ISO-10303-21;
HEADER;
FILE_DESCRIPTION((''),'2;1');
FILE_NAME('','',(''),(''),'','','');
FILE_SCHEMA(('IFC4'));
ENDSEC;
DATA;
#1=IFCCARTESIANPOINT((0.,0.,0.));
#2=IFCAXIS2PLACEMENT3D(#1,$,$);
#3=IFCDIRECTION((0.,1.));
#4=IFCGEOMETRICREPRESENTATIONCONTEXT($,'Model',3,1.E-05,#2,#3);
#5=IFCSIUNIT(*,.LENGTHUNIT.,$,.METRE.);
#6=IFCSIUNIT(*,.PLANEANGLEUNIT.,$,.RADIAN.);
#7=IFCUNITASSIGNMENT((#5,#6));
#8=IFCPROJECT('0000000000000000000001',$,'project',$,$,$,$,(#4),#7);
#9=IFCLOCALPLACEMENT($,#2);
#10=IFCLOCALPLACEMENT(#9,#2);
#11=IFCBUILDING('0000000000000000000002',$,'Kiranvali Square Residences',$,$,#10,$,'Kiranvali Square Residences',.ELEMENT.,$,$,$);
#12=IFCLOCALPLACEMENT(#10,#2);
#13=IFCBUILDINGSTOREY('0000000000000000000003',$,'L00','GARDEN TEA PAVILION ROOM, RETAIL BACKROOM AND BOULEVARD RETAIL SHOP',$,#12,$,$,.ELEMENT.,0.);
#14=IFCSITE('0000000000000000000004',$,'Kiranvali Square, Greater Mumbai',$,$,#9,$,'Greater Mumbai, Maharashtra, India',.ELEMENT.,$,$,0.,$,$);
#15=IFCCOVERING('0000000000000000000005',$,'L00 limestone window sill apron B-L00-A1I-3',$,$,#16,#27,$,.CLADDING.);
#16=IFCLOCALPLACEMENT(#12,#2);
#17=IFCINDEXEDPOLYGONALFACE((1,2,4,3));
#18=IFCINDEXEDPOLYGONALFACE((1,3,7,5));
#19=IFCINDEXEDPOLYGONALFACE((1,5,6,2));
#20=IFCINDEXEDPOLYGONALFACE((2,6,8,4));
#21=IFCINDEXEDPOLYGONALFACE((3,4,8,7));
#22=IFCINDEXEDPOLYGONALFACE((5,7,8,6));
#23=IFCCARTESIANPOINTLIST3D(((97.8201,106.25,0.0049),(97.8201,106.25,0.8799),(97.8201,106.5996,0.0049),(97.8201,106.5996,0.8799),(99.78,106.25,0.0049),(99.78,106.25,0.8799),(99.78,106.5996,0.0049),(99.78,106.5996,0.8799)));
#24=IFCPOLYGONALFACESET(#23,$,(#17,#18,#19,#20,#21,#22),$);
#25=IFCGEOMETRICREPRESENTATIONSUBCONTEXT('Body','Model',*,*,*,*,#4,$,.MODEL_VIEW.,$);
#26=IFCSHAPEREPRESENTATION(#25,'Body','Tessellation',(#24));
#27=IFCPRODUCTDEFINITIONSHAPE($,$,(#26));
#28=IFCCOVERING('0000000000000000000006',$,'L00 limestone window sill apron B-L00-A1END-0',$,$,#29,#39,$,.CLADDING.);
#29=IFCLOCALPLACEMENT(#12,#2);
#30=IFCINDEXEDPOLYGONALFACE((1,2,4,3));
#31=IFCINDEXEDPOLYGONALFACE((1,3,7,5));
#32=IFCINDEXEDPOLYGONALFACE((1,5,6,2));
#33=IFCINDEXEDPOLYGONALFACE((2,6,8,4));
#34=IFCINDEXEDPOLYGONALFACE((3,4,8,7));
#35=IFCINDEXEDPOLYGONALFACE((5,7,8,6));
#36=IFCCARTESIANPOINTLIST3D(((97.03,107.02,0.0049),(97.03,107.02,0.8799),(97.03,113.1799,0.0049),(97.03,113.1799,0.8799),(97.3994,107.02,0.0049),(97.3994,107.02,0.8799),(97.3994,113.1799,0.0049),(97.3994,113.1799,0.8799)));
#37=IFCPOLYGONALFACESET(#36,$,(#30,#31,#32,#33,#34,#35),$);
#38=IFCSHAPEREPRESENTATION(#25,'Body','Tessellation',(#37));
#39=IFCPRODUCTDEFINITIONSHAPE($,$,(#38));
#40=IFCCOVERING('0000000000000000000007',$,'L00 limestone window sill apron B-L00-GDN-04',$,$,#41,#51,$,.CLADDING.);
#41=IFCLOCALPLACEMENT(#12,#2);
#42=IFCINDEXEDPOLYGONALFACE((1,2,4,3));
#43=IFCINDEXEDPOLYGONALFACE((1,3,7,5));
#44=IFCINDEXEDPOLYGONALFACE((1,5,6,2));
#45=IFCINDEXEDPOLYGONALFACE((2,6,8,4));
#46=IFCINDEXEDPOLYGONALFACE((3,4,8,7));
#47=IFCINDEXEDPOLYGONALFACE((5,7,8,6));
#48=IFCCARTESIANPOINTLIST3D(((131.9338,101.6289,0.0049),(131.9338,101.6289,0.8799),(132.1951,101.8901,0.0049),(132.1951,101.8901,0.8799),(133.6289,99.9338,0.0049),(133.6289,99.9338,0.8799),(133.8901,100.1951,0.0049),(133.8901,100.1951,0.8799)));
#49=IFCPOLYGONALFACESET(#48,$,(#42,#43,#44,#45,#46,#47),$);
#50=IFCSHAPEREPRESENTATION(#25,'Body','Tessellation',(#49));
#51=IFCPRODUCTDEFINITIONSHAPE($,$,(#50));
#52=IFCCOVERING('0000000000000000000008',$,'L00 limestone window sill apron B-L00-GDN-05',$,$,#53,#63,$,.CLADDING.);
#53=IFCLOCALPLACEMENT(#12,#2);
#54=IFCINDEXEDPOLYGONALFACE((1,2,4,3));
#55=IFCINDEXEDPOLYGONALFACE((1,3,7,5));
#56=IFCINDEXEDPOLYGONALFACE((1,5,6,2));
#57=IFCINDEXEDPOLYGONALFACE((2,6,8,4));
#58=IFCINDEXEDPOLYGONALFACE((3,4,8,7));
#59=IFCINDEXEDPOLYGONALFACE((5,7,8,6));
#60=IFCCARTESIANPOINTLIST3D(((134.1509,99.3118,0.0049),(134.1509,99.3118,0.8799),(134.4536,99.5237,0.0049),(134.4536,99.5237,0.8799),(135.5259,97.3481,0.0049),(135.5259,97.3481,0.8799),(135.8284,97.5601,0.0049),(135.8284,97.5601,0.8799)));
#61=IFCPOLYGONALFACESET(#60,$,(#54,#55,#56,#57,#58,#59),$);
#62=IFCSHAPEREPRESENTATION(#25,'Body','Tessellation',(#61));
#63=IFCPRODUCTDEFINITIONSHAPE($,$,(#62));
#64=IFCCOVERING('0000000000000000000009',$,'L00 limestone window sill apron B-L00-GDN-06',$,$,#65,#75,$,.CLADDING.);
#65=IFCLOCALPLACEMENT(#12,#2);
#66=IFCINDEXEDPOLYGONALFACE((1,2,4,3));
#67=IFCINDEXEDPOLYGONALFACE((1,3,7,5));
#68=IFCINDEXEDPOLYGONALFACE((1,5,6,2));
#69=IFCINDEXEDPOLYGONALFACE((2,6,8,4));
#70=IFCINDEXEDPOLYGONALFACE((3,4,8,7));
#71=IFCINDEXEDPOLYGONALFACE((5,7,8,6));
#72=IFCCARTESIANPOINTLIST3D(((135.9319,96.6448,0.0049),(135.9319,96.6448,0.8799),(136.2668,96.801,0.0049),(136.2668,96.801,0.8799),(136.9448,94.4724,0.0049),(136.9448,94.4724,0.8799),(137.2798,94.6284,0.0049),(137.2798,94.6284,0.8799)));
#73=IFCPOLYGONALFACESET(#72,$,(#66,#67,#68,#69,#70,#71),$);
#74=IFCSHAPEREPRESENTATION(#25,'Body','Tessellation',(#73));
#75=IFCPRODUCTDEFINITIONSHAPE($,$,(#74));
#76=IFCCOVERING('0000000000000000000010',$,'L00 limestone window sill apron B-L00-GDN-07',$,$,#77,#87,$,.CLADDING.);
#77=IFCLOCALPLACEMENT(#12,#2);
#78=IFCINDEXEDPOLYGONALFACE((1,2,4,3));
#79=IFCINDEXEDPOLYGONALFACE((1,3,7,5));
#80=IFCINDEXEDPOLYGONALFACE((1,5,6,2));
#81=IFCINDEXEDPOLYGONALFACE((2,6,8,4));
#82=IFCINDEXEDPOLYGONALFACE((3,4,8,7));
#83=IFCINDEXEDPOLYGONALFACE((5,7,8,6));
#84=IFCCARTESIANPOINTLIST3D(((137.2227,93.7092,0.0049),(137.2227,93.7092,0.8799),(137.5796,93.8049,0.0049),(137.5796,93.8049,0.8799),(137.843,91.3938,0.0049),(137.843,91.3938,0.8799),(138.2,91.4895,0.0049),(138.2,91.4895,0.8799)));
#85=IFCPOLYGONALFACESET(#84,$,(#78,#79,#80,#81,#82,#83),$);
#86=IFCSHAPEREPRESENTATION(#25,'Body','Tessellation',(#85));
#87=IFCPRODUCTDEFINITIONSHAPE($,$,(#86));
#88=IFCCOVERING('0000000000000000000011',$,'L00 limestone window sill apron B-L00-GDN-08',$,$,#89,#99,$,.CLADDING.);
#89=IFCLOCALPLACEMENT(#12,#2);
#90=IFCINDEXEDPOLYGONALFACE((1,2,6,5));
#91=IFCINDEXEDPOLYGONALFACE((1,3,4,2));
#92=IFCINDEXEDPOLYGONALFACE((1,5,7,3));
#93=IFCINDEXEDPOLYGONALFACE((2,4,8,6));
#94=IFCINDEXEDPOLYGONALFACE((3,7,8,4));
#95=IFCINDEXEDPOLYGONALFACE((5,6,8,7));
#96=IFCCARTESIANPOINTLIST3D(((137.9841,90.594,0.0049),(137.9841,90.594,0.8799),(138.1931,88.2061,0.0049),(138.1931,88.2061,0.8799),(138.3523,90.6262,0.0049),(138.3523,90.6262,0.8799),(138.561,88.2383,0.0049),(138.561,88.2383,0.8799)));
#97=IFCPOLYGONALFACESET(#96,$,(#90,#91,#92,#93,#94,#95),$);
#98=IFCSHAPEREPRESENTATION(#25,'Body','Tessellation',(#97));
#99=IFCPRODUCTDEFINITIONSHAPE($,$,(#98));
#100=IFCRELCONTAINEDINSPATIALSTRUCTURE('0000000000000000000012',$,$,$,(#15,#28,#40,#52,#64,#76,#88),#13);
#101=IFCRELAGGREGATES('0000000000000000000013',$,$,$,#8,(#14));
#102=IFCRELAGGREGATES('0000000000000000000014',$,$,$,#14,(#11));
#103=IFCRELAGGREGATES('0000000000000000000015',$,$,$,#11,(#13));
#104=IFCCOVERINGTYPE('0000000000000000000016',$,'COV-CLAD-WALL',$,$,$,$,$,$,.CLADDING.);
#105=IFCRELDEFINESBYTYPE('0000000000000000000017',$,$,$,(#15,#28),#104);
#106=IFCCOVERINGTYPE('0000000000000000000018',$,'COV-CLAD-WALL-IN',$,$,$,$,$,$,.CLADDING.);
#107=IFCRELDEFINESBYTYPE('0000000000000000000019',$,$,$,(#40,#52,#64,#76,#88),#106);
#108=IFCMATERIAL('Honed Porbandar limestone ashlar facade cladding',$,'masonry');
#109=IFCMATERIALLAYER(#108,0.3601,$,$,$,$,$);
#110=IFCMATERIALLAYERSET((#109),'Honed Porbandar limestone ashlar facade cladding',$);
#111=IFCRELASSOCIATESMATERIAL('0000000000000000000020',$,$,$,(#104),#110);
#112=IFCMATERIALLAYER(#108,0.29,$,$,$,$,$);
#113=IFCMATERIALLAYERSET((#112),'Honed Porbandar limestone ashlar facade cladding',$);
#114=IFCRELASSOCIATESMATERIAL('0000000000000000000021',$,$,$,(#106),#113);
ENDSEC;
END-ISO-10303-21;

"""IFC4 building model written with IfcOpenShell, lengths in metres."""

from ifc_helpers import new_model, si_unit, direction, frame, origin, place, context, subcontext, project, spatial, polyline, outline, extrude, material, layer, layer_set, type_object, element, save


model = new_model("IFC4")

# Units and contexts
model_context = context("Model", 3, precision=1e-05, world=origin(), true_north=direction((0.0, 1.0)))
body_context = subcontext(model_context, "Body", "Model", "MODEL_VIEW")
ifc_project = project(units=[si_unit("LENGTHUNIT", "METRE"), si_unit("PLANEANGLEUNIT", "RADIAN")], contexts=[model_context])

# Site, building, storey
site_placement = place(None, origin())
site = spatial("IfcSite", under=ifc_project, at=site_placement, Name="Kiranvali Square, Greater Mumbai", LongName="Greater Mumbai, Maharashtra, India", CompositionType="ELEMENT", RefElevation=0.0)
building_placement = place(site_placement, origin())
building = spatial("IfcBuilding", under=site, at=building_placement, Name="Kiranvali Square Residences", LongName="Kiranvali Square Residences", CompositionType="ELEMENT")
storey_placement = place(building_placement, origin())
storey = spatial("IfcBuildingStorey", under=building, at=storey_placement, Name="L00", Description="GARDEN TEA PAVILION ROOM, RETAIL BACKROOM AND BOULEVARD RETAIL SHOP", CompositionType="ELEMENT", Elevation=0.0)

# Coverings
ifc_material_1 = material(Name="Honed Porbandar limestone ashlar facade cladding", Category="masonry")
ifc_layer_1 = layer(ifc_material_1, 0.3601)
ifc_layer_set_1 = layer_set([ifc_layer_1], Name="Honed Porbandar limestone ashlar facade cladding")
covering_type_1 = type_object("IfcCoveringType", Name="COV-CLAD-WALL", PredefinedType="CLADDING", material=ifc_layer_set_1)
covering_1_placement = place(storey_placement, frame((0.0, 0.0, 0.0049)))
element("IfcCovering", 1, at=covering_1_placement, inside=storey, type_object=covering_type_1, Name="L00 limestone window sill apron B-L00-A1I-3", PredefinedType="CLADDING", context=body_context, shape_type="SweptSolid", body=[
    extrude(outline(polyline([(99.78, 106.5996), (97.8201, 106.5996), (97.8201, 106.25), (99.78, 106.25), (99.78, 106.5996)])), origin(), (0.0, 0.0, 1.0), 0.875),
])
covering_2_placement = place(storey_placement, frame((0.0, 0.0, 0.0049)))
element("IfcCovering", 2, at=covering_2_placement, inside=storey, type_object=covering_type_1, Name="L00 limestone window sill apron B-L00-A1END-0", PredefinedType="CLADDING", context=body_context, shape_type="SweptSolid", body=[
    extrude(outline(polyline([(97.3994, 107.02), (97.3994, 113.1799), (97.03, 113.1799), (97.03, 107.02), (97.3994, 107.02)])), origin(), (0.0, 0.0, 1.0), 0.875),
])
ifc_layer_2 = layer(ifc_material_1, 0.29)
ifc_layer_set_2 = layer_set([ifc_layer_2], Name="Honed Porbandar limestone ashlar facade cladding")
covering_type_2 = type_object("IfcCoveringType", Name="COV-CLAD-WALL-IN", PredefinedType="CLADDING", material=ifc_layer_set_2)
covering_3_placement = place(storey_placement, frame((0.0, 0.0, 0.0049)))
element("IfcCovering", 3, at=covering_3_placement, inside=storey, type_object=covering_type_2, Name="L00 limestone window sill apron B-L00-GDN-04", PredefinedType="CLADDING", context=body_context, shape_type="SweptSolid", body=[
    extrude(outline(polyline([(131.9338, 101.6289), (133.6289, 99.9338), (133.8901, 100.1951), (132.1951, 101.8901), (131.9338, 101.6289)])), origin(), (0.0, 0.0, 1.0), 0.875),
])
covering_4_placement = place(storey_placement, frame((0.0, 0.0, 0.0049)))
element("IfcCovering", 4, at=covering_4_placement, inside=storey, type_object=covering_type_2, Name="L00 limestone window sill apron B-L00-GDN-05", PredefinedType="CLADDING", context=body_context, shape_type="SweptSolid", body=[
    extrude(outline(polyline([(134.1509, 99.3118), (135.5259, 97.3481), (135.8284, 97.5601), (134.4536, 99.5237), (134.1509, 99.3118)])), origin(), (0.0, 0.0, 1.0), 0.875),
])
covering_5_placement = place(storey_placement, frame((0.0, 0.0, 0.0049)))
element("IfcCovering", 5, at=covering_5_placement, inside=storey, type_object=covering_type_2, Name="L00 limestone window sill apron B-L00-GDN-06", PredefinedType="CLADDING", context=body_context, shape_type="SweptSolid", body=[
    extrude(outline(polyline([(135.9319, 96.6448), (136.9448, 94.4724), (137.2798, 94.6284), (136.2668, 96.801), (135.9319, 96.6448)])), origin(), (0.0, 0.0, 1.0), 0.875),
])
covering_6_placement = place(storey_placement, frame((0.0, 0.0, 0.0049)))
element("IfcCovering", 6, at=covering_6_placement, inside=storey, type_object=covering_type_2, Name="L00 limestone window sill apron B-L00-GDN-07", PredefinedType="CLADDING", context=body_context, shape_type="SweptSolid", body=[
    extrude(outline(polyline([(137.2227, 93.7092), (137.843, 91.3938), (138.2, 91.4895), (137.5796, 93.8049), (137.2227, 93.7092)])), origin(), (0.0, 0.0, 1.0), 0.875),
])
covering_7_placement = place(storey_placement, frame((0.0, 0.0, 0.0049)))
element("IfcCovering", 7, at=covering_7_placement, inside=storey, type_object=covering_type_2, Name="L00 limestone window sill apron B-L00-GDN-08", PredefinedType="CLADDING", context=body_context, shape_type="SweptSolid", body=[
    extrude(outline(polyline([(137.9841, 90.594), (138.1931, 88.2061), (138.561, 88.2383), (138.3523, 90.6262), (137.9841, 90.594)])), origin(), (0.0, 0.0, 1.0), 0.875),
])

save(model, "model.ifc")
